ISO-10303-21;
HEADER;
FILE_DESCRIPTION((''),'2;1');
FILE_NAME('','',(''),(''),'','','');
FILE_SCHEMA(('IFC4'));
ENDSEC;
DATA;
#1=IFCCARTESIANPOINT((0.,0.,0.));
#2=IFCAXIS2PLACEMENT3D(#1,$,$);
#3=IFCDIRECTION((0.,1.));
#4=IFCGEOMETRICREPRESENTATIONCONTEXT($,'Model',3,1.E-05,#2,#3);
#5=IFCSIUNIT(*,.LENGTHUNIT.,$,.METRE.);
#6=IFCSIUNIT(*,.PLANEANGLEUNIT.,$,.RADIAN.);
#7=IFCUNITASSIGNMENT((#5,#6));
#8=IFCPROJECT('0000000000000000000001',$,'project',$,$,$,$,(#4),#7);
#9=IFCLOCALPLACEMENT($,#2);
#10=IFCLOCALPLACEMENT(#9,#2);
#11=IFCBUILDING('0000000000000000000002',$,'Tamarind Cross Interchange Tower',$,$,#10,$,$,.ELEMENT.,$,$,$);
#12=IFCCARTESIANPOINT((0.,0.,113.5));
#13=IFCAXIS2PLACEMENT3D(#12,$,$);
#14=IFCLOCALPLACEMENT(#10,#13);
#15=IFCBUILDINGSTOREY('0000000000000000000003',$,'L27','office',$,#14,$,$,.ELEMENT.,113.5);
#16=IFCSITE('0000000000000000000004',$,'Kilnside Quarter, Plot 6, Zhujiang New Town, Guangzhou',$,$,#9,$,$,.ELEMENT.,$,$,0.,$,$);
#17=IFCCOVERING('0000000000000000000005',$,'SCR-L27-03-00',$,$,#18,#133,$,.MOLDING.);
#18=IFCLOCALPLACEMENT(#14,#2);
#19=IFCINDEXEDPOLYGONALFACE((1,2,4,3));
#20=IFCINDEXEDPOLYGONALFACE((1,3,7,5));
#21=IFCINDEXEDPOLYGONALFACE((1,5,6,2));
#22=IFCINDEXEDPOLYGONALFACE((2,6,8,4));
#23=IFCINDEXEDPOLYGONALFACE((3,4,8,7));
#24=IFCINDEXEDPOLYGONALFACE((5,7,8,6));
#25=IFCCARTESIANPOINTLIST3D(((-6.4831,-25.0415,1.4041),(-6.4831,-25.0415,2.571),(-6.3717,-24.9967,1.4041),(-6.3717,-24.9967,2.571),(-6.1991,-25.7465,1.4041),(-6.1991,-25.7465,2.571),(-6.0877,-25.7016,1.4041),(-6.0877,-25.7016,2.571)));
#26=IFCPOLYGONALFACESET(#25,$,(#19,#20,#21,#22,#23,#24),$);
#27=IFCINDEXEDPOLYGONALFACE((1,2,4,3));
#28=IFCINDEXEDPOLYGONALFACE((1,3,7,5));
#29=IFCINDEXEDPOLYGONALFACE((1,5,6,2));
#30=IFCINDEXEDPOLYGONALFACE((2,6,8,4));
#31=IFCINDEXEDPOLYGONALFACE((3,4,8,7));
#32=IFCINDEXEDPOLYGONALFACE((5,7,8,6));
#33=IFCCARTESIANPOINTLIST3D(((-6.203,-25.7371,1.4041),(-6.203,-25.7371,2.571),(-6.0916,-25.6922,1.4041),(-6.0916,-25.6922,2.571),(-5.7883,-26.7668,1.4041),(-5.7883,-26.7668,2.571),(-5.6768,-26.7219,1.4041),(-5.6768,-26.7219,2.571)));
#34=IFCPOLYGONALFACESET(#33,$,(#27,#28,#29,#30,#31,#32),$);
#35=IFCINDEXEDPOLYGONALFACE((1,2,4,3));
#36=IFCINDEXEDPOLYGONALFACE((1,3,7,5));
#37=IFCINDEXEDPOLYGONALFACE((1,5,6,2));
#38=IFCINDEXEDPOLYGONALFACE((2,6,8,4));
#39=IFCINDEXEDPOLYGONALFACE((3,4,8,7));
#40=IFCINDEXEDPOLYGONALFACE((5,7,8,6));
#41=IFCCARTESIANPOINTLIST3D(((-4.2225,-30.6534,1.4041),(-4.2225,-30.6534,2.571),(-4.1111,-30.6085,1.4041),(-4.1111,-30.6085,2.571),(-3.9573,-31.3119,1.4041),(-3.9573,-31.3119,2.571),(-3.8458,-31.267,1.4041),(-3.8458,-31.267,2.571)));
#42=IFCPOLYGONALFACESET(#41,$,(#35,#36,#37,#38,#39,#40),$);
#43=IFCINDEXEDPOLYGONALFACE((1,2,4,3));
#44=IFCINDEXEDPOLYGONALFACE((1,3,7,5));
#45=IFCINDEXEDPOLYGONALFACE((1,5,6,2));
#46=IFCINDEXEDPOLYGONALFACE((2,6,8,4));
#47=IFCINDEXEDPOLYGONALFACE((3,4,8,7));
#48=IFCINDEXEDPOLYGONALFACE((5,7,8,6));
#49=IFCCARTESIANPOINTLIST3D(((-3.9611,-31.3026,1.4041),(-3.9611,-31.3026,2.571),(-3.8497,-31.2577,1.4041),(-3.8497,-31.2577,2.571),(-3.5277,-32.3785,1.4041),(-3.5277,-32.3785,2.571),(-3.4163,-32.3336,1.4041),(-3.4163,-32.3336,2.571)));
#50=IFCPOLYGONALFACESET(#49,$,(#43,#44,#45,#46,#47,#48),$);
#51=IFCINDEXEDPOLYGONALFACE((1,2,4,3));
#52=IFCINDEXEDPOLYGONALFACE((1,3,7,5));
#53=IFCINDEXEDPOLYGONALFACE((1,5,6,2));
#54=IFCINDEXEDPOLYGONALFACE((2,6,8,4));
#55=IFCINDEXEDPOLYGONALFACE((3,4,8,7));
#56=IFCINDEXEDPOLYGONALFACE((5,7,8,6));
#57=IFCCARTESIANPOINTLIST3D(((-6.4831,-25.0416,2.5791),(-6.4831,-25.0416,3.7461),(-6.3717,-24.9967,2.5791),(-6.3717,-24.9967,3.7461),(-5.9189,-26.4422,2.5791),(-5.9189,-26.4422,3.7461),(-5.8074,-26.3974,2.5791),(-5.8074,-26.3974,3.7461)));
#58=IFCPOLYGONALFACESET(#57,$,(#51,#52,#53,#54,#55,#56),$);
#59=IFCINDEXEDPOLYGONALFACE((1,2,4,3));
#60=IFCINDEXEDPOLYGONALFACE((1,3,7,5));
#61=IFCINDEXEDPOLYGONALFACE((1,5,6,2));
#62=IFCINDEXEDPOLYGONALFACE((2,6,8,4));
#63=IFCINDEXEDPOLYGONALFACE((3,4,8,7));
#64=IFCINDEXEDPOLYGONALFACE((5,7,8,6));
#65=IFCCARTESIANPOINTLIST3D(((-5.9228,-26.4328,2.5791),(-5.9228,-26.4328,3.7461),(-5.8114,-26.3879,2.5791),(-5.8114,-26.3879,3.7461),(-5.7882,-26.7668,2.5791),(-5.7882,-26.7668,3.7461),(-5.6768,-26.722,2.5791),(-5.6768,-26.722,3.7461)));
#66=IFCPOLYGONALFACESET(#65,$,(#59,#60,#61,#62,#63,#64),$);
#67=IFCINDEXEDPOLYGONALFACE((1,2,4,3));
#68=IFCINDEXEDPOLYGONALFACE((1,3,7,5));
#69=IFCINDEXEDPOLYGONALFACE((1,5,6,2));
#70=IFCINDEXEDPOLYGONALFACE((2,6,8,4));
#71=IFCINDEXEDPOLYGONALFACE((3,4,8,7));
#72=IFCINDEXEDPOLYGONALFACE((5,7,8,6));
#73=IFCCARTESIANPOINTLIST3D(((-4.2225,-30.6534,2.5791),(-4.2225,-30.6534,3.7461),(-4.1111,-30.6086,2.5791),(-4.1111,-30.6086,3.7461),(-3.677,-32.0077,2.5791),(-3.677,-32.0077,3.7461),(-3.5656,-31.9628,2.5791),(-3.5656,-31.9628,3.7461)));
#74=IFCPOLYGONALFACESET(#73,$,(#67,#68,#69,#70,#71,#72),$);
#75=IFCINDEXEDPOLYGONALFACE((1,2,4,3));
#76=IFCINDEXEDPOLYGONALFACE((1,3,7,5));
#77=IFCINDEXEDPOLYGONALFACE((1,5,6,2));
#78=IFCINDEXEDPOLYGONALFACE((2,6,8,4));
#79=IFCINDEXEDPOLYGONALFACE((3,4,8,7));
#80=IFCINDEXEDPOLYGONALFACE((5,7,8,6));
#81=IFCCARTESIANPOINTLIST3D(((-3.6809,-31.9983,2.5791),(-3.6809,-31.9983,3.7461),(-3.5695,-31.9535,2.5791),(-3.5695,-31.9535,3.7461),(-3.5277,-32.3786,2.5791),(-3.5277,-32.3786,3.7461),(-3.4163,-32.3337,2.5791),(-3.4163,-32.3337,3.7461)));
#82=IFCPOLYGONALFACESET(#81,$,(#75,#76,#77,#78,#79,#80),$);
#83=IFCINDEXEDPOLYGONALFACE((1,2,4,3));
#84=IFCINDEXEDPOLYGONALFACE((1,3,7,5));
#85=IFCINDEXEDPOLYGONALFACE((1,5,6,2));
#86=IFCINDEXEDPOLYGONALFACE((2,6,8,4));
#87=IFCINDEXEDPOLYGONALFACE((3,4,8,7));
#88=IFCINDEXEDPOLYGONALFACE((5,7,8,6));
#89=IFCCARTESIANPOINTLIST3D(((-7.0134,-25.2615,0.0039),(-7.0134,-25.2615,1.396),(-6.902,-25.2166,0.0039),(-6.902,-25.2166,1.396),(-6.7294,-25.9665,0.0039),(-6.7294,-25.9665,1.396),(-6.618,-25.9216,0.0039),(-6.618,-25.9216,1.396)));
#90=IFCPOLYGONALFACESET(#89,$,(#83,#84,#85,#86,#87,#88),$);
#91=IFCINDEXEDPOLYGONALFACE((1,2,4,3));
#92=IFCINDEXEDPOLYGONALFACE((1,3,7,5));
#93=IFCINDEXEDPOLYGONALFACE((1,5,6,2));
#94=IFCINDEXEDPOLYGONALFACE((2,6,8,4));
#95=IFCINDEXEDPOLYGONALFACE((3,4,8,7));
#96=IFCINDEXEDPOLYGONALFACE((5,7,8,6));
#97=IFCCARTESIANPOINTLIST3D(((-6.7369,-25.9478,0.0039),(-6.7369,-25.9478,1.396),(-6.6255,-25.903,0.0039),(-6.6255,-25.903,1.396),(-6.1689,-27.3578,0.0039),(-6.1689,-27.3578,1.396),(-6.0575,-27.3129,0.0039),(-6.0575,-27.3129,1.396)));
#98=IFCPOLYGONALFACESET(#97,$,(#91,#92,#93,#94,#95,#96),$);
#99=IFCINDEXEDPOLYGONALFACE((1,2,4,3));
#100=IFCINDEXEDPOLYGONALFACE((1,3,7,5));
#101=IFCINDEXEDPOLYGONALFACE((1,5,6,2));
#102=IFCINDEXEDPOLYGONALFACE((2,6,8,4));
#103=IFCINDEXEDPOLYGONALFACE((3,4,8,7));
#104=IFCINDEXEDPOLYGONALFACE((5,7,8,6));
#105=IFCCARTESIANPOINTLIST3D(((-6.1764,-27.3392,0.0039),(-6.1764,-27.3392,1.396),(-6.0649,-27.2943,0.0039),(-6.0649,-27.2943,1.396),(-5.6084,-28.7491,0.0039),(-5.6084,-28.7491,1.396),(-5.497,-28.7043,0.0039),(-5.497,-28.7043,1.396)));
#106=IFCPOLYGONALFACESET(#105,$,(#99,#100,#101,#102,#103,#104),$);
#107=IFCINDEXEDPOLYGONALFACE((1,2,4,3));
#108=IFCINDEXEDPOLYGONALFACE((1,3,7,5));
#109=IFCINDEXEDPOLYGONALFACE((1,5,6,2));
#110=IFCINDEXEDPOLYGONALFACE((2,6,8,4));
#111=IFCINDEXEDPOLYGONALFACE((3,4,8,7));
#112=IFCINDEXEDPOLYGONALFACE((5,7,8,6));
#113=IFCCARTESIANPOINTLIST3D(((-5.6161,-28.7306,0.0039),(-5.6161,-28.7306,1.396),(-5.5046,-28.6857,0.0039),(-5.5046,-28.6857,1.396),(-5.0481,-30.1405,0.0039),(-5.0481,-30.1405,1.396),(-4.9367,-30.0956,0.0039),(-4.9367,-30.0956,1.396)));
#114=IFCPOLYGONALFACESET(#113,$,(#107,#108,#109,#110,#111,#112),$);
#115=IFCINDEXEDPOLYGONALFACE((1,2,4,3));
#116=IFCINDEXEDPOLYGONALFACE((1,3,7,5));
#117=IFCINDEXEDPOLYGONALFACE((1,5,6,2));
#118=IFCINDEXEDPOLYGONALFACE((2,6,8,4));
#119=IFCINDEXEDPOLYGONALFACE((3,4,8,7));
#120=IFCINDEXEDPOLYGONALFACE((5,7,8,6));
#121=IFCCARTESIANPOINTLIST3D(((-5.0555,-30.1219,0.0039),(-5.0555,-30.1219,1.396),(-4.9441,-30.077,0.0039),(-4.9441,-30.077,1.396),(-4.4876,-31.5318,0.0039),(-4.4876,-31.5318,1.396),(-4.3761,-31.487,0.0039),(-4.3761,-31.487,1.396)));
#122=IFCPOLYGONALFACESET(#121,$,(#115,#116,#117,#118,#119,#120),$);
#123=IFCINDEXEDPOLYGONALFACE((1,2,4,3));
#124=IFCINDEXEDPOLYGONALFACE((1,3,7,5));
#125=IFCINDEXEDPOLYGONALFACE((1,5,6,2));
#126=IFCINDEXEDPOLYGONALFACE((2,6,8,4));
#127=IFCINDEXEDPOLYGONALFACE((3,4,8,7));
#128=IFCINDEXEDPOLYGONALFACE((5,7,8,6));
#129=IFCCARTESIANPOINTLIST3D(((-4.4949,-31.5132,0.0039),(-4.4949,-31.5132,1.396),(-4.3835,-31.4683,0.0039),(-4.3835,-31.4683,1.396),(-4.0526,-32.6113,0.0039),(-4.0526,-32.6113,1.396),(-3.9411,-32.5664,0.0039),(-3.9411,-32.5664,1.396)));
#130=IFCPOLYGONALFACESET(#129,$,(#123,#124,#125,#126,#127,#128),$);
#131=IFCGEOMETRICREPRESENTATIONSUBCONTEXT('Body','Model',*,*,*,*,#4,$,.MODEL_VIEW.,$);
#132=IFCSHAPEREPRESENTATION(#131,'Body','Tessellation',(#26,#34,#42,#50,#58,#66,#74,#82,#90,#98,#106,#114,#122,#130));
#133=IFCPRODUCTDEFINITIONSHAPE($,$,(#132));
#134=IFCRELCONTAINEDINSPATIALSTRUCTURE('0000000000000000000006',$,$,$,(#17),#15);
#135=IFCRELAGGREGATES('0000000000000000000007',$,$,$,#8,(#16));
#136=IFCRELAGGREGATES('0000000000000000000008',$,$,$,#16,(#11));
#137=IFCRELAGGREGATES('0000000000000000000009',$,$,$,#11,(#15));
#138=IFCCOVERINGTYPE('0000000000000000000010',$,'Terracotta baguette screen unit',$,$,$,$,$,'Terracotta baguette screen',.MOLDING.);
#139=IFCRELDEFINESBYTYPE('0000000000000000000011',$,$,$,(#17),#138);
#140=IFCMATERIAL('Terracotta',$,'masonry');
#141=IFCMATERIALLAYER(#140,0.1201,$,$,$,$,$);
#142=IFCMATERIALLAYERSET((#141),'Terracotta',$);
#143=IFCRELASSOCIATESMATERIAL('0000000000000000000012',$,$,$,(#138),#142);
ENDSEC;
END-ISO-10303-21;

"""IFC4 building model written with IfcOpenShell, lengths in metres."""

from ifc_helpers import new_model, si_unit, direction, frame, origin, origin_2d, place, context, subcontext, project, spatial, rectangle, extrude, material, layer, layer_set, type_object, element, save


model = new_model("IFC4")

# Units and contexts
model_context = context("Model", 3, precision=1e-05, world=origin(), true_north=direction((0.0, 1.0)))
body_context = subcontext(model_context, "Body", "Model", "MODEL_VIEW")
ifc_project = project(units=[si_unit("LENGTHUNIT", "METRE"), si_unit("PLANEANGLEUNIT", "RADIAN")], contexts=[model_context])

# Site, building, storey
site_placement = place(None, origin())
site = spatial("IfcSite", under=ifc_project, at=site_placement, Name="Kilnside Quarter, Plot 6, Zhujiang New Town, Guangzhou", CompositionType="ELEMENT", RefElevation=0.0)
building_placement = place(site_placement, origin())
building = spatial("IfcBuilding", under=site, at=building_placement, Name="Tamarind Cross Interchange Tower", CompositionType="ELEMENT")
storey_placement = place(building_placement, frame((0.0, 0.0, 113.5)))
storey = spatial("IfcBuildingStorey", under=building, at=storey_placement, Name="L27", Description="office", CompositionType="ELEMENT", Elevation=113.5)

# Covering
ifc_material_1 = material(Name="Terracotta", Category="masonry")
ifc_layer_1 = layer(ifc_material_1, 0.1201)
ifc_layer_set_1 = layer_set([ifc_layer_1], Name="Terracotta")
covering_type = type_object("IfcCoveringType", Name="Terracotta baguette screen unit", ElementType="Terracotta baguette screen", PredefinedType="MOLDING", material=ifc_layer_set_1)
covering_1_placement = place(storey_placement, origin())
element("IfcCovering", 1, at=covering_1_placement, inside=storey, type_object=covering_type, Name="SCR-L27-03-00", PredefinedType="MOLDING", context=body_context, shape_type="SweptSolid", body=[
    extrude(rectangle(XDim=0.76, YDim=0.1201, at=origin_2d()), frame((-6.2854, -25.3716, 1.4041), z_axis=(0.0, 0.0, 1.0), x_axis=(0.373648, -0.92757, 0.0)), (0.0, 0.0, 1.0), 1.167),
    extrude(rectangle(XDim=1.1101, YDim=0.1201, at=origin_2d()), frame((-5.9399, -26.2295, 1.4041), z_axis=(0.0, 0.0, 1.0), x_axis=(0.373648, -0.92757, 0.0)), (0.0, 0.0, 1.0), 1.167),
    extrude(rectangle(XDim=0.71, YDim=0.1201, at=origin_2d()), frame((-4.0342, -30.9602, 1.4041), z_axis=(0.0, 0.0, 1.0), x_axis=(0.373648, -0.92757, 0.0)), (0.0, 0.0, 1.0), 1.167),
    extrude(rectangle(XDim=1.1599, YDim=0.1201, at=origin_2d()), frame((-3.6887, -31.8181, 1.4041), z_axis=(0.0, 0.0, 1.0), x_axis=(0.373648, -0.92757, 0.0)), (0.0, 0.0, 1.0), 1.167),
    extrude(rectangle(XDim=1.51, YDim=0.1201, at=origin_2d()), frame((-6.1453, -25.7195, 2.5791), z_axis=(0.0, 0.0, 1.0), x_axis=(0.373648, -0.92757, 0.0)), (0.0, 0.0, 1.0), 1.167),
    extrude(rectangle(XDim=0.3601, YDim=0.1201, at=origin_2d()), frame((-5.7998, -26.5774, 2.5791), z_axis=(0.0, 0.0, 1.0), x_axis=(0.373648, -0.92757, 0.0)), (0.0, 0.0, 1.0), 1.167),
    extrude(rectangle(XDim=1.46, YDim=0.1201, at=origin_2d()), frame((-3.894, -31.3081, 2.5791), z_axis=(0.0, 0.0, 1.0), x_axis=(0.373648, -0.92757, 0.0)), (0.0, 0.0, 1.0), 1.167),
    extrude(rectangle(XDim=0.4099, YDim=0.1201, at=origin_2d()), frame((-3.5486, -32.166, 2.5791), z_axis=(0.0, 0.0, 1.0), x_axis=(0.373648, -0.92757, 0.0)), (0.0, 0.0, 1.0), 1.167),
    extrude(rectangle(XDim=0.76, YDim=0.1201, at=origin_2d()), frame((-6.8157, -25.5916, 0.0039), z_axis=(0.0, 0.0, 1.0), x_axis=(0.373648, -0.92757, 0.0)), (0.0, 0.0, 1.0), 1.3921),
    extrude(rectangle(XDim=1.52, YDim=0.1201, at=origin_2d()), frame((-6.3972, -26.6304, 0.0039), z_axis=(0.0, 0.0, 1.0), x_axis=(0.373648, -0.92757, 0.0)), (0.0, 0.0, 1.0), 1.3921),
    extrude(rectangle(XDim=1.52, YDim=0.1201, at=origin_2d()), frame((-5.8367, -28.0217, 0.0039), z_axis=(0.0, 0.0, 1.0), x_axis=(0.373648, -0.92757, 0.0)), (0.0, 0.0, 1.0), 1.3921),
    extrude(rectangle(XDim=1.52, YDim=0.1201, at=origin_2d()), frame((-5.2764, -29.4131, 0.0039), z_axis=(0.0, 0.0, 1.0), x_axis=(0.373648, -0.92757, 0.0)), (0.0, 0.0, 1.0), 1.3921),
    extrude(rectangle(XDim=1.52, YDim=0.1201, at=origin_2d()), frame((-4.7158, -30.8044, 0.0039), z_axis=(0.0, 0.0, 1.0), x_axis=(0.373648, -0.92757, 0.0)), (0.0, 0.0, 1.0), 1.3921),
    extrude(rectangle(XDim=1.1838, YDim=0.1201, at=origin_2d()), frame((-4.218, -32.0398, 0.0039), z_axis=(0.0, 0.0, 1.0), x_axis=(0.373648, -0.92757, 0.0)), (0.0, 0.0, 1.0), 1.3921),
])

save(model, "model.ifc")
